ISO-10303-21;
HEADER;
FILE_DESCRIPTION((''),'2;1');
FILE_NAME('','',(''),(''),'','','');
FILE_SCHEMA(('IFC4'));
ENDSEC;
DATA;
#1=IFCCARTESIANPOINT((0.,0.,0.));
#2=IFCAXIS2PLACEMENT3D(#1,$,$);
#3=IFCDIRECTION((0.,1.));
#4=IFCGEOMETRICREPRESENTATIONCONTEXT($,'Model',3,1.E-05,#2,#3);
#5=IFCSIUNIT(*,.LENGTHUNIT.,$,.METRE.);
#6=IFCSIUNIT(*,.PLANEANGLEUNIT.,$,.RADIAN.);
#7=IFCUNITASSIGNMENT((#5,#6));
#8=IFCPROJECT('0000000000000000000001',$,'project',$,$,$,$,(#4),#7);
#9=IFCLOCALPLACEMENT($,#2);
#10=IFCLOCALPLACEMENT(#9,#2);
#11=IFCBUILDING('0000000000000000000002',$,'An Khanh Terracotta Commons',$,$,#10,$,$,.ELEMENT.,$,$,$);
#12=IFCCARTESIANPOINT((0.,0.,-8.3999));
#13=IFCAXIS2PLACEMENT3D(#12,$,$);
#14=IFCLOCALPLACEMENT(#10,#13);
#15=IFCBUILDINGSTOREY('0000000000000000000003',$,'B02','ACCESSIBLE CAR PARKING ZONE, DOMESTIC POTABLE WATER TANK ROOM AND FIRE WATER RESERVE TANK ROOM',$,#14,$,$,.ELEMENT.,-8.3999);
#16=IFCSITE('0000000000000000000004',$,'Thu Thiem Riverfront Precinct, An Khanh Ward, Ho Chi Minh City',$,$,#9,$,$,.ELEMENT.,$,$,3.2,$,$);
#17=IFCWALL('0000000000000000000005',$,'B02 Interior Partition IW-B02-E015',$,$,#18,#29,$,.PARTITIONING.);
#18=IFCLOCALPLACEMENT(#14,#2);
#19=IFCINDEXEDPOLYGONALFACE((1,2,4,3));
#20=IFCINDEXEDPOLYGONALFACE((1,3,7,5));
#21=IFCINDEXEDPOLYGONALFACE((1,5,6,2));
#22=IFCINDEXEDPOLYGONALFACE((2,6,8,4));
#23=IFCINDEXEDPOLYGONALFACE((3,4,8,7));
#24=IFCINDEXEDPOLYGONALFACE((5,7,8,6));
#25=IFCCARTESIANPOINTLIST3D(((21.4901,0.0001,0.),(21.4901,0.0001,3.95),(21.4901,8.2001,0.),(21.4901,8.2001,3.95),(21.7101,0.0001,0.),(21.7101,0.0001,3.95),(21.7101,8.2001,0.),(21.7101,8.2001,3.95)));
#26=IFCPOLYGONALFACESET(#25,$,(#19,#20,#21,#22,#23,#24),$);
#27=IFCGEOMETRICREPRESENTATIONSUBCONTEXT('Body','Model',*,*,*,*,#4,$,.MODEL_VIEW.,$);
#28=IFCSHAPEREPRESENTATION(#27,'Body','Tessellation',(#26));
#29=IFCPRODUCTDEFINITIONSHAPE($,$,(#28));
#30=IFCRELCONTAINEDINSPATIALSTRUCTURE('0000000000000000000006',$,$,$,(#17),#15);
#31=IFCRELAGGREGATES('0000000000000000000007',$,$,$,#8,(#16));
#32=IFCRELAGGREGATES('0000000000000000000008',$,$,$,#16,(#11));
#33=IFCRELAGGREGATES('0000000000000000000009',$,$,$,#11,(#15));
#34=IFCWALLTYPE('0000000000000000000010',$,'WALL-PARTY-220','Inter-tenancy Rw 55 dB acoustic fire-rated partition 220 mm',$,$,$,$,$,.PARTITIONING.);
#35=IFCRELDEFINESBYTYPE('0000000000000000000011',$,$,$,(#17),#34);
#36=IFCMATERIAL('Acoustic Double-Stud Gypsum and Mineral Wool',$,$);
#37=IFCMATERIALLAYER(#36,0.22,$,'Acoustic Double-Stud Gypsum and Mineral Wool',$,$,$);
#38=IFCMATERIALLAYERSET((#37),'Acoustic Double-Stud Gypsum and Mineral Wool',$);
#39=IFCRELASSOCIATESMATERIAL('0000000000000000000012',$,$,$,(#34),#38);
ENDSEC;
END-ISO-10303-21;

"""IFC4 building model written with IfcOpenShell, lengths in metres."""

from ifc_helpers import new_model, si_unit, direction, frame, frame_2d, origin, place, context, subcontext, project, spatial, rectangle, extrude, material, layer, layer_set, type_object, element, save


model = new_model("IFC4")

# Units and contexts
model_context = context("Model", 3, precision=1e-05, world=origin(), true_north=direction((0.0, 1.0)))
body_context = subcontext(model_context, "Body", "Model", "MODEL_VIEW")
ifc_project = project(units=[si_unit("LENGTHUNIT", "METRE"), si_unit("PLANEANGLEUNIT", "RADIAN")], contexts=[model_context])

# Site, building, storey
site_placement = place(None, origin())
site = spatial("IfcSite", under=ifc_project, at=site_placement, Name="Thu Thiem Riverfront Precinct, An Khanh Ward, Ho Chi Minh City", CompositionType="ELEMENT", RefElevation=3.2)
building_placement = place(site_placement, origin())
building = spatial("IfcBuilding", under=site, at=building_placement, Name="An Khanh Terracotta Commons", CompositionType="ELEMENT")
storey_placement = place(building_placement, frame((0.0, 0.0, -8.3999)))
storey = spatial("IfcBuildingStorey", under=building, at=storey_placement, Name="B02", Description="ACCESSIBLE CAR PARKING ZONE, DOMESTIC POTABLE WATER TANK ROOM AND FIRE WATER RESERVE TANK ROOM", CompositionType="ELEMENT", Elevation=-8.3999)

# Wall
ifc_material_1 = material(Name="Acoustic Double-Stud Gypsum and Mineral Wool")
ifc_layer_1 = layer(ifc_material_1, 0.22, Name="Acoustic Double-Stud Gypsum and Mineral Wool")
ifc_layer_set_1 = layer_set([ifc_layer_1], Name="Acoustic Double-Stud Gypsum and Mineral Wool")
wall_type_1 = type_object("IfcWallType", Name="WALL-PARTY-220", Description="Inter-tenancy Rw 55 dB acoustic fire-rated partition 220 mm", PredefinedType="PARTITIONING", material=ifc_layer_set_1)
wall_1_placement = place(storey_placement, frame((21.6001, 0.0, 0.0), z_axis=(0.0, 0.0, 1.0), x_axis=(0.0, 1.0, 0.0)))
element("IfcWall", 1, at=wall_1_placement, inside=storey, type_object=wall_type_1, Name="B02 Interior Partition IW-B02-E015", PredefinedType="PARTITIONING", context=body_context, shape_type="SweptSolid", body=[
    extrude(rectangle(XDim=8.2, YDim=0.22, at=frame_2d((4.1001, 0.0))), origin(), (0.0, 0.0, 1.0), 3.95),
])

save(model, "model.ifc")
